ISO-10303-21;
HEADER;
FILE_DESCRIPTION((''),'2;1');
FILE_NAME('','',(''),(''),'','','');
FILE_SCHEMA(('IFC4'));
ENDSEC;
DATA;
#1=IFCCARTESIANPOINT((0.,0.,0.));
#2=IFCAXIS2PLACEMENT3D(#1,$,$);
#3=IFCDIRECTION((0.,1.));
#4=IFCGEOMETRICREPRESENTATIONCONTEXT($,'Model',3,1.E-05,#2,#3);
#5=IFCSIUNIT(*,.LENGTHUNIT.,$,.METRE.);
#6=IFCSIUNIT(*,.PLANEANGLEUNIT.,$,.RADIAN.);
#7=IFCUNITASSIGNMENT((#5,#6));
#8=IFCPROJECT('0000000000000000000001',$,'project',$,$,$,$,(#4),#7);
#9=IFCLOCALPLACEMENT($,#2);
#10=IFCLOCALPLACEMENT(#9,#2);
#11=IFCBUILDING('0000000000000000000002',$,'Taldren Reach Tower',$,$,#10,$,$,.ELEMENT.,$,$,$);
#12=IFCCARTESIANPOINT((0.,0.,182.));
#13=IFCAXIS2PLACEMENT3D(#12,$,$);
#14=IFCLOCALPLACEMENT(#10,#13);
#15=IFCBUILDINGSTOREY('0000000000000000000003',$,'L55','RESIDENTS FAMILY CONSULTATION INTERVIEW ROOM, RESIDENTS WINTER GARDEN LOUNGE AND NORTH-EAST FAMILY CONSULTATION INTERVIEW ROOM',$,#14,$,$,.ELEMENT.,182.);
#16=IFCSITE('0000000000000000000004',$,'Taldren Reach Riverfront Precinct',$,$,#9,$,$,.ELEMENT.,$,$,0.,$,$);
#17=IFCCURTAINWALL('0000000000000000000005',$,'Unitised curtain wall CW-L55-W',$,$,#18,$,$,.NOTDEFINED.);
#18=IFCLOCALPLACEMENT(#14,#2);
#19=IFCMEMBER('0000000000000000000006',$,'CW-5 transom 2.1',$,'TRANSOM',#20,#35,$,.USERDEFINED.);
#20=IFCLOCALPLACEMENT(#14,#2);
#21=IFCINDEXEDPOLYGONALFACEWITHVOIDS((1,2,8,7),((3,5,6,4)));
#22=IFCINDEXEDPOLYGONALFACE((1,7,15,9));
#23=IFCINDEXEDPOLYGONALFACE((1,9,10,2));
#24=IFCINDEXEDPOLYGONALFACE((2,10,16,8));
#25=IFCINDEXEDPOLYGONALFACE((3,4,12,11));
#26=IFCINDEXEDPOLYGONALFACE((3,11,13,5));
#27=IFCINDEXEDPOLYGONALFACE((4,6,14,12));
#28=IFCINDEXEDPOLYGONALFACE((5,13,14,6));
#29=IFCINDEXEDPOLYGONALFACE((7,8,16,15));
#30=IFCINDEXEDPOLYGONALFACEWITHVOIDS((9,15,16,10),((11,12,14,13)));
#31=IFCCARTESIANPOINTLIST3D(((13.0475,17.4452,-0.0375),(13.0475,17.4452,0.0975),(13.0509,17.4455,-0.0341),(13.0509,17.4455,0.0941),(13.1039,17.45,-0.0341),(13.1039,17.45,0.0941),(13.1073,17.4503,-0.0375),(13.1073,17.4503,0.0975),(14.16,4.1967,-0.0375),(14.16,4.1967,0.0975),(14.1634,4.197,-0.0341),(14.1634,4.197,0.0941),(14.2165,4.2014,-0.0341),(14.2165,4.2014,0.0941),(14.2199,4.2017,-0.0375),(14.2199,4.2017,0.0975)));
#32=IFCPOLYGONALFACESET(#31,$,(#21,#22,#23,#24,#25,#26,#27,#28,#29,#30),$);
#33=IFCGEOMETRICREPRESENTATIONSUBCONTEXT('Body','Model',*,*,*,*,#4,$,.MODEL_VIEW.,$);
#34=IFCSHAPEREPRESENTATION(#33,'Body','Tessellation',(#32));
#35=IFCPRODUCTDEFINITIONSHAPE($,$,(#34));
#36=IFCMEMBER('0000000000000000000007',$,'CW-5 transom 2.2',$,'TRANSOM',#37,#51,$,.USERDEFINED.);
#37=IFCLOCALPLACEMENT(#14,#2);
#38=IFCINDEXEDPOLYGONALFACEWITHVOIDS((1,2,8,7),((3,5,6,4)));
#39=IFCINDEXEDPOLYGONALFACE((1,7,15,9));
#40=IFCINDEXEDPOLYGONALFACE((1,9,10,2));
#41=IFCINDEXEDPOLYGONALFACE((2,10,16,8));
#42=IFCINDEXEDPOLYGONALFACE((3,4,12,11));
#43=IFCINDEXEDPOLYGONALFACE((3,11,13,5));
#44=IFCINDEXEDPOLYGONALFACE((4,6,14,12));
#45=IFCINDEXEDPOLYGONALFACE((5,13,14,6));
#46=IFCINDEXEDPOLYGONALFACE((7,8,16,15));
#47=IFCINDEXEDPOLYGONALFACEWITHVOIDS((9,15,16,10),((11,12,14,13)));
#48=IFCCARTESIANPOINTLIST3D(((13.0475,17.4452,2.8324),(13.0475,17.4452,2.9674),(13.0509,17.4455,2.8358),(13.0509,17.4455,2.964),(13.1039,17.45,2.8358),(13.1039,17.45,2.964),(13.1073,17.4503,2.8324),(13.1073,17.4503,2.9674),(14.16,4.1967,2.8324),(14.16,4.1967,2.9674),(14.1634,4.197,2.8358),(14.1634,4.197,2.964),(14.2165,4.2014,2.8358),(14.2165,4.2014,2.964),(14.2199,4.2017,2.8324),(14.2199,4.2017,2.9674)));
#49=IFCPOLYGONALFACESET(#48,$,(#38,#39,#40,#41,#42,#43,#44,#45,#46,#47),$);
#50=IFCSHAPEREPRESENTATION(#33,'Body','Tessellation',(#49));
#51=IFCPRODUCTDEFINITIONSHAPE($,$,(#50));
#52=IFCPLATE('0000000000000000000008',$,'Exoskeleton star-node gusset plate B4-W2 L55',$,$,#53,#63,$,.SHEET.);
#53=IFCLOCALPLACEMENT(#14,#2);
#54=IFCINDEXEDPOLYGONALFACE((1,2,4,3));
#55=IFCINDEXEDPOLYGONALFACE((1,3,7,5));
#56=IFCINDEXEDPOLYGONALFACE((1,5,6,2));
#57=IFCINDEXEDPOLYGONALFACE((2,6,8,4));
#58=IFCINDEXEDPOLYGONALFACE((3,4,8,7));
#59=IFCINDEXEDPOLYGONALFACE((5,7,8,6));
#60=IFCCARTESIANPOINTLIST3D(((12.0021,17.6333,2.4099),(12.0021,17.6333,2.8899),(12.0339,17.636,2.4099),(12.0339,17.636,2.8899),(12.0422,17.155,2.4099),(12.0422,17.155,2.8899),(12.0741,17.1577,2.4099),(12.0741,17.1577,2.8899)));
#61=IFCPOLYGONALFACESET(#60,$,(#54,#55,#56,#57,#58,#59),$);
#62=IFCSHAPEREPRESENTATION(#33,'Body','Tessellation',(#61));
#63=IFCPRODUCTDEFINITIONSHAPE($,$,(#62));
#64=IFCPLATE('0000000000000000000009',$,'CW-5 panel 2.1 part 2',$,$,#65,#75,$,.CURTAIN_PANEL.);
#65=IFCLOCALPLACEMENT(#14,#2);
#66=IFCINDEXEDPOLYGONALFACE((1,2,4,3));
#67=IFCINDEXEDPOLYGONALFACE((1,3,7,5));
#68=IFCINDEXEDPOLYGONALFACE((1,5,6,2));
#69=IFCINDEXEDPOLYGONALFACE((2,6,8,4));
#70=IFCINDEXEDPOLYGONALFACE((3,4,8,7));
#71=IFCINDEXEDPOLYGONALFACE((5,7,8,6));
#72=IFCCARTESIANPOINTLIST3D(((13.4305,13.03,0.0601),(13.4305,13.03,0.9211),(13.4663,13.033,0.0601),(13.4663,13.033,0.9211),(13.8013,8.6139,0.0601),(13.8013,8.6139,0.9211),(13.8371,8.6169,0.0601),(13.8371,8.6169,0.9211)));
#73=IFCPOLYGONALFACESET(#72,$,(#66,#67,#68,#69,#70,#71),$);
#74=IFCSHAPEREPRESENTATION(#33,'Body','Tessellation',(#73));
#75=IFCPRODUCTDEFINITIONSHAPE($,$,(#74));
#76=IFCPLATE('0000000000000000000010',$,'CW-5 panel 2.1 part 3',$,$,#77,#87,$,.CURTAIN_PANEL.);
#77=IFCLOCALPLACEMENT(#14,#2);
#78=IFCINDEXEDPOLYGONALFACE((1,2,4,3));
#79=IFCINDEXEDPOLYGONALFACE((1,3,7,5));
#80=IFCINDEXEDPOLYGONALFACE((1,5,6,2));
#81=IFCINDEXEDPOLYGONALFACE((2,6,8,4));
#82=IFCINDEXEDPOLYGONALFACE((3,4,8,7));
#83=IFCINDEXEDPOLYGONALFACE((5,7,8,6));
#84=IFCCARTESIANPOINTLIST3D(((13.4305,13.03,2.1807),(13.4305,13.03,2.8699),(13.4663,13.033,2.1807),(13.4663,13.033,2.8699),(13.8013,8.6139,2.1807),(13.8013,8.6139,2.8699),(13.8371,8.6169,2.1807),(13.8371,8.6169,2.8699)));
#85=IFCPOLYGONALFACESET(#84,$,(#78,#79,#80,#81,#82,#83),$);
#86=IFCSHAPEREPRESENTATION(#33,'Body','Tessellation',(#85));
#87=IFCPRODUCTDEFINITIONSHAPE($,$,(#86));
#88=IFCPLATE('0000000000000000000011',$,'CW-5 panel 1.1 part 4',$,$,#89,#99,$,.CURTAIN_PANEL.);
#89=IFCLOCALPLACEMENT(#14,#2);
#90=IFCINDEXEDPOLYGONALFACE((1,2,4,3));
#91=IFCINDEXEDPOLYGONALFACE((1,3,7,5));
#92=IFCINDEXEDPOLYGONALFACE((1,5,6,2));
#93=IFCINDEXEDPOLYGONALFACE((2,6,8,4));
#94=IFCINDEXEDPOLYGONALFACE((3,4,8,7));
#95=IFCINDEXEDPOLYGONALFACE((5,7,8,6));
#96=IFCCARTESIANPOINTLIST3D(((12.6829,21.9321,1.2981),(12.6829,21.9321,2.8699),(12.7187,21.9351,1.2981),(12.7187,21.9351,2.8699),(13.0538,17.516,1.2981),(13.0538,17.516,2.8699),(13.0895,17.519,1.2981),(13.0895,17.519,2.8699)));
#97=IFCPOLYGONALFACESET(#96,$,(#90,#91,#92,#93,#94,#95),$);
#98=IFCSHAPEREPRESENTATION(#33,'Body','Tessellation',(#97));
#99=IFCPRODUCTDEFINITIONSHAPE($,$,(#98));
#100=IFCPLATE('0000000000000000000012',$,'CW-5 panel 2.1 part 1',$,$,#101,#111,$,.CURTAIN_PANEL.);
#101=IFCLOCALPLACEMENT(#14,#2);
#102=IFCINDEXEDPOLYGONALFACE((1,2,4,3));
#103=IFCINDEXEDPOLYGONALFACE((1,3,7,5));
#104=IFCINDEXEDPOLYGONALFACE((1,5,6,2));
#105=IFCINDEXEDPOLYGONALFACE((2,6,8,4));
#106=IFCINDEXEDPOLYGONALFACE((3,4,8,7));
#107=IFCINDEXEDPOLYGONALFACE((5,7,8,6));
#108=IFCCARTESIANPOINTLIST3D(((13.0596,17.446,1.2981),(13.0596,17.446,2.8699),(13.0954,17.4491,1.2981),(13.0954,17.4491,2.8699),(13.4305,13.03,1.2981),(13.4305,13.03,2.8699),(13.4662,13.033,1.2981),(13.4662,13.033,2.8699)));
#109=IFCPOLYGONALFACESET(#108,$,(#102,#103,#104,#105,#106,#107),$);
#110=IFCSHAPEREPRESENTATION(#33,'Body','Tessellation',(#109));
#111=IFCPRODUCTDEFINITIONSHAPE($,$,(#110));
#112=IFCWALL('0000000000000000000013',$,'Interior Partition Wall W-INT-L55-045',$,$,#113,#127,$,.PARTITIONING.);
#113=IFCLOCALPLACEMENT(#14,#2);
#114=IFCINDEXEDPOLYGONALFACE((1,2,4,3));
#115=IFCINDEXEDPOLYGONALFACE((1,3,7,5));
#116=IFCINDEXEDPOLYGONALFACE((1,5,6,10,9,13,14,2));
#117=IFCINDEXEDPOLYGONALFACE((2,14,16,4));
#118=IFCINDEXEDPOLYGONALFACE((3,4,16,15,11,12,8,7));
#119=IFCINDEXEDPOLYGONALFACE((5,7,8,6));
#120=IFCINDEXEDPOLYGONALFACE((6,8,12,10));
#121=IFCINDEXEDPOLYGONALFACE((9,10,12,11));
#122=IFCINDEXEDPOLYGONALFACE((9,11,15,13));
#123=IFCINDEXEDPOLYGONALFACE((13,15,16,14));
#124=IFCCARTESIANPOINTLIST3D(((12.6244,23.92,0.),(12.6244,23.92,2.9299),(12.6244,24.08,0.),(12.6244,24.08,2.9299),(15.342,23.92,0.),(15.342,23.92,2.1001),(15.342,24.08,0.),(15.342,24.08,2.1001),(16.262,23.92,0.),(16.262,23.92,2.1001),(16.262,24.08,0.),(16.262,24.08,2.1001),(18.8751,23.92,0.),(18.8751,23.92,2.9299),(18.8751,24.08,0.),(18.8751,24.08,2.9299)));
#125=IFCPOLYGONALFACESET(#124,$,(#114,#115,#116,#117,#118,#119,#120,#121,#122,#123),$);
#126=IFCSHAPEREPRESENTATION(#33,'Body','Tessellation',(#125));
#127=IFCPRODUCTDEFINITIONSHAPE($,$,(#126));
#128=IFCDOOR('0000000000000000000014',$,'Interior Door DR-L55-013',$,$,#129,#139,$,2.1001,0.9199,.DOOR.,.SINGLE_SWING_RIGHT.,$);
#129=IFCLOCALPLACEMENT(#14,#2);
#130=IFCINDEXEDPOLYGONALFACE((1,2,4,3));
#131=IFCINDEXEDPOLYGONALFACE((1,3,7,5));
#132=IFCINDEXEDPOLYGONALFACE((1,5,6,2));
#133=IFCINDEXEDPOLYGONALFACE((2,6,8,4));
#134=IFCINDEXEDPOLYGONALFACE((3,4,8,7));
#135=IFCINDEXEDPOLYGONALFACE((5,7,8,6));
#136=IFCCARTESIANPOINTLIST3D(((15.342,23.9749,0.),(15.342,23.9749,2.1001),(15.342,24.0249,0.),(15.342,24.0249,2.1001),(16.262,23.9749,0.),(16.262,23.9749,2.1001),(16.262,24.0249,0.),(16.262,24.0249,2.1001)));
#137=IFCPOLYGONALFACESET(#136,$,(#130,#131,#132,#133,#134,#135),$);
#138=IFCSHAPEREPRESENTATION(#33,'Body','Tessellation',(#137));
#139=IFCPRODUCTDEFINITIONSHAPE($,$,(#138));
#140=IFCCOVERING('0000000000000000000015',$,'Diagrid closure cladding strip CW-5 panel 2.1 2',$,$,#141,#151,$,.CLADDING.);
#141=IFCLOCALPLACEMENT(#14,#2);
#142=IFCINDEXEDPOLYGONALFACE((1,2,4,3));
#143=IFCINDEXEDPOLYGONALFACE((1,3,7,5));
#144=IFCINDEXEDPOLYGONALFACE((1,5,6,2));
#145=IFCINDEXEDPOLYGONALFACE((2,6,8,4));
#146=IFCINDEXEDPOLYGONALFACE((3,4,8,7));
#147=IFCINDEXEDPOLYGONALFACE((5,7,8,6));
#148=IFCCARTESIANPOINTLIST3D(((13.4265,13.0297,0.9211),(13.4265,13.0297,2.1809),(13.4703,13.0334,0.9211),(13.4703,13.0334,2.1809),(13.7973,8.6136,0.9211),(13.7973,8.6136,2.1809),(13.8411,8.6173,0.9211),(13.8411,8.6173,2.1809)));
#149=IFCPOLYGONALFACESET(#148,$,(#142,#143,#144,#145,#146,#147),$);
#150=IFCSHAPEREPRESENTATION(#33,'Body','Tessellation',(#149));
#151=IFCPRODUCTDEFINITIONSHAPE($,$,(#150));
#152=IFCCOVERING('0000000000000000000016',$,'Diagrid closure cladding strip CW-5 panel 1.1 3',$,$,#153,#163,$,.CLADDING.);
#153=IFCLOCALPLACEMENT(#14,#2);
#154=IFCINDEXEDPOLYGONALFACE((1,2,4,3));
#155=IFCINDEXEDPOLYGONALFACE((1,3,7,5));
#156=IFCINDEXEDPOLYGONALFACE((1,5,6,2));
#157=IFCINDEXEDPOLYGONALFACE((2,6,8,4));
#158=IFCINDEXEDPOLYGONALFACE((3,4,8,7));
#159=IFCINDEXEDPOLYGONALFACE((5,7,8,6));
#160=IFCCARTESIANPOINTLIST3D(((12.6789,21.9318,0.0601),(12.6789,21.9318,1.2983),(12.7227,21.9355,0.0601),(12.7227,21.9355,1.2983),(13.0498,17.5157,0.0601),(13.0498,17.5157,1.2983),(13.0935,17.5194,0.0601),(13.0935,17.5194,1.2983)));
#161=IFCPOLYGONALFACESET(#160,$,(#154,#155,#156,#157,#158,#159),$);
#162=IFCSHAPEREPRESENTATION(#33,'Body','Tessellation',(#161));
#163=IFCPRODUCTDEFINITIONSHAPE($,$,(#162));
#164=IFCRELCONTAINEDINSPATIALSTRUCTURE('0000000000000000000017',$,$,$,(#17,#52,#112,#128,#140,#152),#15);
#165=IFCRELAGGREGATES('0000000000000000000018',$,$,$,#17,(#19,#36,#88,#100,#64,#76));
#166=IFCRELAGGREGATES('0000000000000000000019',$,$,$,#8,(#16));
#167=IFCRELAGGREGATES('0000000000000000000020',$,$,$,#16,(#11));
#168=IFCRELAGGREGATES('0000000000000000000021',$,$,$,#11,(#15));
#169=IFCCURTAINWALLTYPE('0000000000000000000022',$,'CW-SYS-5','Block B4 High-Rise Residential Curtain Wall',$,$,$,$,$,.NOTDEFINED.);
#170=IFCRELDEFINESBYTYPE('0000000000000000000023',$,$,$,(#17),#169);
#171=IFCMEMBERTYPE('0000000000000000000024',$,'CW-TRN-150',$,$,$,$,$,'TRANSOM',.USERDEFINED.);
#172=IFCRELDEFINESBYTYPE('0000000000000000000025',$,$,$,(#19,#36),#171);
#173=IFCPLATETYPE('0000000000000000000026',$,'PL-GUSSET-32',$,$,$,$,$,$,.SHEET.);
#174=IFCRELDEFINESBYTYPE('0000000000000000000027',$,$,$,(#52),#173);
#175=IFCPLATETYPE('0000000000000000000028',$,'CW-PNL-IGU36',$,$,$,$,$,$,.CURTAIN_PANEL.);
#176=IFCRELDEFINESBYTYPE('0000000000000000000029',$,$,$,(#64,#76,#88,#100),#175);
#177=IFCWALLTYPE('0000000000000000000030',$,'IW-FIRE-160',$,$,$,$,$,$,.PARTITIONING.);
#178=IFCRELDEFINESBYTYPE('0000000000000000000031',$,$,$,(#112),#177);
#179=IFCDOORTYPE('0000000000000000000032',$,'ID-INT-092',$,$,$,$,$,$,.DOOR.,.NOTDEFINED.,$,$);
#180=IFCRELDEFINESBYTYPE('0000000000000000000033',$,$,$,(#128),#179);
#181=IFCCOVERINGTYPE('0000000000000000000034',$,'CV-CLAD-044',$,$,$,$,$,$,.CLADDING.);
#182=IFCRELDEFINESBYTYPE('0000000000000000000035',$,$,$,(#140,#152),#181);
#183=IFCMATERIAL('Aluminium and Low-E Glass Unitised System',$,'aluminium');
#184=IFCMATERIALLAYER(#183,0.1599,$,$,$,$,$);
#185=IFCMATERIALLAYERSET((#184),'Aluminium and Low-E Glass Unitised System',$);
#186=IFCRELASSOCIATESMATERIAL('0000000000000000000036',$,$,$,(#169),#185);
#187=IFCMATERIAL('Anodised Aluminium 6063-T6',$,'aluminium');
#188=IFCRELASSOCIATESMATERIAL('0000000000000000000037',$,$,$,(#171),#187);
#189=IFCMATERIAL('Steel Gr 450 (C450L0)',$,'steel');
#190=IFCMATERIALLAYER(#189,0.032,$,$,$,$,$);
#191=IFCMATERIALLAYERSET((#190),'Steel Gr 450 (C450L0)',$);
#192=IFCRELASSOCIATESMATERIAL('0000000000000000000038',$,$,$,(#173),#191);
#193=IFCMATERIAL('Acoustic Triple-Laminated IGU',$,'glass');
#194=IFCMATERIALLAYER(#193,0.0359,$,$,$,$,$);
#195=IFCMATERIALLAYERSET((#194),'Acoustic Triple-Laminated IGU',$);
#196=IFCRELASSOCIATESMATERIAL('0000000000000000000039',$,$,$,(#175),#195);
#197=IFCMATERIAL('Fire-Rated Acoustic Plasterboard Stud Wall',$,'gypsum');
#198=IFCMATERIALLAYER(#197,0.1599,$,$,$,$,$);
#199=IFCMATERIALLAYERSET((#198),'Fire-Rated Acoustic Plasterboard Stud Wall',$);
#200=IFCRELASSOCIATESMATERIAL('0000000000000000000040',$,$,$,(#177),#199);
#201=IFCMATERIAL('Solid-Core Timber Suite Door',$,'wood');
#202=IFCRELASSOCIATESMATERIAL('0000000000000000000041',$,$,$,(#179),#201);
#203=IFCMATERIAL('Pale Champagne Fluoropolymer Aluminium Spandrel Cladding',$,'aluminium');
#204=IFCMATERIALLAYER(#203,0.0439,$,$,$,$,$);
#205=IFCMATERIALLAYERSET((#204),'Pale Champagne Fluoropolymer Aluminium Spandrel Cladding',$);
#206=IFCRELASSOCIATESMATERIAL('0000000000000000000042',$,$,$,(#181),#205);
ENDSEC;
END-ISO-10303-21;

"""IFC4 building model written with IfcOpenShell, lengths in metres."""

from ifc_helpers import new_model, si_unit, direction, frame, frame_2d, origin, origin_2d, place, context, subcontext, project, spatial, rectangle, hollow_rectangle, extrude, source, transform, mapped, material, layer, layer_set, material_profile, profile_set, type_object, element, fill, aggregate, save


model = new_model("IFC4")

# Units and contexts
model_context = context("Model", 3, precision=1e-05, world=origin(), true_north=direction((0.0, 1.0)))
body_context = subcontext(model_context, "Body", "Model", "MODEL_VIEW")
ifc_project = project(units=[si_unit("LENGTHUNIT", "METRE"), si_unit("PLANEANGLEUNIT", "RADIAN")], contexts=[model_context])

# Site, building, storey
site_placement = place(None, origin())
site = spatial("IfcSite", under=ifc_project, at=site_placement, Name="Taldren Reach Riverfront Precinct", CompositionType="ELEMENT", RefElevation=0.0)
building_placement = place(site_placement, origin())
building = spatial("IfcBuilding", under=site, at=building_placement, Name="Taldren Reach Tower", CompositionType="ELEMENT")
storey_placement = place(building_placement, frame((0.0, 0.0, 182.0)))
storey = spatial("IfcBuildingStorey", under=building, at=storey_placement, Name="L55", Description="RESIDENTS FAMILY CONSULTATION INTERVIEW ROOM, RESIDENTS WINTER GARDEN LOUNGE AND NORTH-EAST FAMILY CONSULTATION INTERVIEW ROOM", CompositionType="ELEMENT", Elevation=182.0)

# Shared definitions
ifc_material_1 = material(Name="Steel Gr 450 (C450L0)", Category="steel")

# Curtain wall, members
ifc_material_2 = material(Name="Aluminium and Low-E Glass Unitised System", Category="aluminium")
ifc_layer_1 = layer(ifc_material_2, 0.1599)
ifc_layer_set_1 = layer_set([ifc_layer_1], Name="Aluminium and Low-E Glass Unitised System")
curtain_wall_type = type_object("IfcCurtainWallType", Name="CW-SYS-5", Description="Block B4 High-Rise Residential Curtain Wall", PredefinedType="NOTDEFINED", material=ifc_layer_set_1)
curtain_wall_placement = place(storey_placement, origin())
curtain_wall = element("IfcCurtainWall", 1, at=curtain_wall_placement, inside=storey, type_object=curtain_wall_type, Name="Unitised curtain wall CW-L55-W", PredefinedType="NOTDEFINED")
ifc_material_3 = material(Name="Anodised Aluminium 6063-T6", Category="aluminium")
ifc_material_profile_1 = material_profile(ifc_material_3, hollow_rectangle(XDim=0.0601, YDim=0.135, WallThickness=0.0034, at=origin_2d()), Name="ALU-135x60x3.5RHS")
ifc_profile_set_1 = profile_set([ifc_material_profile_1], Name="Anodised Aluminium 6063-T6")
member_type_1 = type_object("IfcMemberType", Name="CW-TRN-150", ElementType="TRANSOM", PredefinedType="USERDEFINED", material=ifc_profile_set_1)
shared_shape_1 = source(origin(), body_context, "Body", "SweptSolid", [
    extrude(hollow_rectangle(XDim=0.0601, YDim=0.135, WallThickness=0.0034, at=origin_2d()), origin(), (0.0, 0.0, 1.0), 13.2952),
])
member_1_placement = place(storey_placement, frame((13.0774, 17.4478, 0.03), z_axis=(0.083681, -0.996493, 0.0), x_axis=(0.996493, 0.083681, 0.0)))
member_1 = element("IfcMember", 2, at=member_1_placement, type_object=member_type_1, Name="CW-5 transom 2.1", ObjectType="TRANSOM", PredefinedType="USERDEFINED", context=body_context, shape_type="MappedRepresentation", body=[
    mapped(shared_shape_1, transform((0.0, 0.0, 0.0), scale=1.0)),
])
member_2_placement = place(storey_placement, frame((13.0774, 17.4478, 2.8999), z_axis=(0.083681, -0.996493, 0.0), x_axis=(0.996493, 0.083681, 0.0)))
member_2 = element("IfcMember", 3, at=member_2_placement, type_object=member_type_1, Name="CW-5 transom 2.2", ObjectType="TRANSOM", PredefinedType="USERDEFINED", context=body_context, shape_type="MappedRepresentation", body=[
    mapped(shared_shape_1, transform((0.0, 0.0, 0.0), scale=1.0)),
])

# Plates
ifc_layer_2 = layer(ifc_material_1, 0.032)
ifc_layer_set_2 = layer_set([ifc_layer_2], Name="Steel Gr 450 (C450L0)")
plate_type_1 = type_object("IfcPlateType", Name="PL-GUSSET-32", PredefinedType="SHEET", material=ifc_layer_set_2)
shared_shape_2 = source(origin(), body_context, "Body", "SweptSolid", [
    extrude(rectangle(XDim=0.48, YDim=0.032, at=origin_2d()), origin(), (0.0, 0.0, 1.0), 0.48),
])
plate_1_placement = place(storey_placement, frame((12.0381, 17.3955, 2.4099), z_axis=(0.0, 0.0, 1.0), x_axis=(-0.083678, 0.996493, 0.0)))
element("IfcPlate", 4, at=plate_1_placement, inside=storey, type_object=plate_type_1, Name="Exoskeleton star-node gusset plate B4-W2 L55", PredefinedType="SHEET", context=body_context, shape_type="MappedRepresentation", body=[
    mapped(shared_shape_2, transform((0.0, 0.0, 0.0), scale=1.0)),
])
ifc_material_4 = material(Name="Acoustic Triple-Laminated IGU", Category="glass")
ifc_layer_3 = layer(ifc_material_4, 0.0359)
ifc_layer_set_3 = layer_set([ifc_layer_3], Name="Acoustic Triple-Laminated IGU")
plate_type_2 = type_object("IfcPlateType", Name="CW-PNL-IGU36", PredefinedType="CURTAIN_PANEL", material=ifc_layer_set_3)
shared_shape_3 = source(origin(), body_context, "Body", "SweptSolid", [
    extrude(rectangle(XDim=4.4316, YDim=0.0359, at=origin_2d()), origin(), (0.0, 0.0, 1.0), 0.8611),
])
plate_2_placement = place(storey_placement, frame((13.6338, 10.8235, 0.0601), z_axis=(0.0, 0.0, 1.0), x_axis=(0.083678, -0.996493, 0.0)))
plate_2 = element("IfcPlate", 5, at=plate_2_placement, type_object=plate_type_2, Name="CW-5 panel 2.1 part 2", PredefinedType="CURTAIN_PANEL", context=body_context, shape_type="MappedRepresentation", body=[
    mapped(shared_shape_3, transform((0.0, 0.0, 0.0), scale=1.0)),
])
shared_shape_4 = source(origin(), body_context, "Body", "SweptSolid", [
    extrude(rectangle(XDim=4.4316, YDim=0.0359, at=origin_2d()), origin(), (0.0, 0.0, 1.0), 0.6892),
])
plate_3_placement = place(storey_placement, frame((13.6338, 10.8235, 2.1807), z_axis=(0.0, 0.0, 1.0), x_axis=(0.083678, -0.996493, 0.0)))
plate_3 = element("IfcPlate", 6, at=plate_3_placement, type_object=plate_type_2, Name="CW-5 panel 2.1 part 3", PredefinedType="CURTAIN_PANEL", context=body_context, shape_type="MappedRepresentation", body=[
    mapped(shared_shape_4, transform((0.0, 0.0, 0.0), scale=1.0)),
])
shared_shape_5 = source(origin(), body_context, "Body", "SweptSolid", [
    extrude(rectangle(XDim=4.4316, YDim=0.0359, at=origin_2d()), origin(), (0.0, 0.0, 1.0), 1.5718),
])
plate_4_placement = place(storey_placement, frame((12.8862, 19.7256, 1.2981), z_axis=(0.0, 0.0, 1.0), x_axis=(0.083678, -0.996493, 0.0)))
plate_4 = element("IfcPlate", 7, at=plate_4_placement, type_object=plate_type_2, Name="CW-5 panel 1.1 part 4", PredefinedType="CURTAIN_PANEL", context=body_context, shape_type="MappedRepresentation", body=[
    mapped(shared_shape_5, transform((0.0, 0.0, 0.0), scale=1.0)),
])
plate_5_placement = place(storey_placement, frame((13.2629, 15.2395, 1.2981), z_axis=(0.0, 0.0, 1.0), x_axis=(0.083678, -0.996493, 0.0)))
plate_5 = element("IfcPlate", 8, at=plate_5_placement, type_object=plate_type_2, Name="CW-5 panel 2.1 part 1", PredefinedType="CURTAIN_PANEL", context=body_context, shape_type="MappedRepresentation", body=[
    mapped(shared_shape_5, transform((0.0, 0.0, 0.0), scale=1.0)),
])
aggregate(curtain_wall, [member_1, member_2, plate_4, plate_5, plate_2, plate_3])

# Wall, opening, door
ifc_material_5 = material(Name="Fire-Rated Acoustic Plasterboard Stud Wall", Category="gypsum")
ifc_layer_4 = layer(ifc_material_5, 0.1599)
ifc_layer_set_4 = layer_set([ifc_layer_4], Name="Fire-Rated Acoustic Plasterboard Stud Wall")
wall_type = type_object("IfcWallType", Name="IW-FIRE-160", PredefinedType="PARTITIONING", material=ifc_layer_set_4)
shared_shape_6 = source(origin(), body_context, "Body", "SweptSolid", [
    extrude(rectangle(XDim=6.2507, YDim=0.1599, at=frame_2d((3.1255, 0.0))), origin(), (0.0, 0.0, 1.0), 2.9299),
])
wall_placement = place(storey_placement, frame((12.6243, 24.0, 0.0), z_axis=(0.0, 0.0, 1.0), x_axis=(1.0, 0.0, 0.0)))
wall = element("IfcWall", 9, at=wall_placement, inside=storey, type_object=wall_type, Name="Interior Partition Wall W-INT-L55-045", PredefinedType="PARTITIONING", context=body_context, shape_type="MappedRepresentation", body=[
    mapped(shared_shape_6, transform((0.0, 0.0, 0.0), scale=1.0)),
])
shared_shape_7 = source(origin(), body_context, "Body", "SweptSolid", [
    extrude(rectangle(XDim=0.9199, YDim=2.1001, at=frame_2d((0.46, 1.05))), frame((0.0, 0.0898, 0.0), z_axis=(0.0, -1.0, 0.0), x_axis=(1.0, 0.0, 0.0)), (0.0, 0.0, 1.0), 0.1799),
])
opening_placement = place(wall_placement, frame((2.7178, 0.0, 0.0)))
opening = element("IfcOpeningElement", 10, at=opening_placement, cuts=wall, PredefinedType="OPENING", context=body_context, shape_type="MappedRepresentation", body=[
    mapped(shared_shape_7, transform((0.0, 0.0, 0.0), scale=1.0)),
])
ifc_material_6 = material(Name="Solid-Core Timber Suite Door", Category="wood")
door_type = type_object("IfcDoorType", Name="ID-INT-092", OperationType="NOTDEFINED", PredefinedType="DOOR", material=ifc_material_6)
shared_shape_8 = source(origin(), body_context, "Body", "SweptSolid", [
    extrude(rectangle(XDim=0.9199, YDim=2.1001, at=frame_2d((0.46, 1.05))), frame((0.0, 0.0249, 0.0), z_axis=(0.0, -1.0, 0.0), x_axis=(1.0, 0.0, 0.0)), (0.0, 0.0, 1.0), 0.05),
])
door_placement = place(opening_placement, origin())
door = element("IfcDoor", 11, at=door_placement, inside=storey, type_object=door_type, Name="Interior Door DR-L55-013", OperationType="SINGLE_SWING_RIGHT", OverallHeight=2.1001, OverallWidth=0.9199, PredefinedType="DOOR", context=body_context, shape_type="MappedRepresentation", body=[
    mapped(shared_shape_8, transform((0.0, 0.0, 0.0), scale=1.0)),
])
fill(opening, door)

# Coverings
ifc_material_7 = material(Name="Pale Champagne Fluoropolymer Aluminium Spandrel Cladding", Category="aluminium")
ifc_layer_5 = layer(ifc_material_7, 0.0439)
ifc_layer_set_5 = layer_set([ifc_layer_5], Name="Pale Champagne Fluoropolymer Aluminium Spandrel Cladding")
covering_type = type_object("IfcCoveringType", Name="CV-CLAD-044", PredefinedType="CLADDING", material=ifc_layer_set_5)
shared_shape_9 = source(origin(), body_context, "Body", "SweptSolid", [
    extrude(rectangle(XDim=4.4316, YDim=0.0439, at=origin_2d()), origin(), (0.0, 0.0, 1.0), 1.2598),
])
covering_placement = place(storey_placement, frame((13.6338, 10.8235, 0.9211), z_axis=(0.0, 0.0, 1.0), x_axis=(0.083678, -0.996493, 0.0)))
element("IfcCovering", 12, at=covering_placement, inside=storey, type_object=covering_type, Name="Diagrid closure cladding strip CW-5 panel 2.1 2", PredefinedType="CLADDING", context=body_context, shape_type="MappedRepresentation", body=[
    mapped(shared_shape_9, transform((0.0, 0.0, 0.0), scale=1.0)),
])
shared_shape_10 = source(origin(), body_context, "Body", "SweptSolid", [
    extrude(rectangle(XDim=4.4316, YDim=0.0439, at=origin_2d()), origin(), (0.0, 0.0, 1.0), 1.2383),
])
for number, where, z_axis, x_axis, name in (
    (13, (12.8862, 19.7256, 0.0601), (0.0, 0.0, 1.0), (0.083678, -0.996493, 0.0), "Diagrid closure cladding strip CW-5 panel 1.1 3"),
):
    element("IfcCovering", number, at=place(storey_placement, frame(where, z_axis=z_axis, x_axis=x_axis)), inside=storey, type_object=covering_type, Name=name, PredefinedType="CLADDING", context=body_context, shape_type="MappedRepresentation", body=[
        mapped(shared_shape_10, transform((0.0, 0.0, 0.0), scale=1.0)),
    ])

save(model, "model.ifc")
